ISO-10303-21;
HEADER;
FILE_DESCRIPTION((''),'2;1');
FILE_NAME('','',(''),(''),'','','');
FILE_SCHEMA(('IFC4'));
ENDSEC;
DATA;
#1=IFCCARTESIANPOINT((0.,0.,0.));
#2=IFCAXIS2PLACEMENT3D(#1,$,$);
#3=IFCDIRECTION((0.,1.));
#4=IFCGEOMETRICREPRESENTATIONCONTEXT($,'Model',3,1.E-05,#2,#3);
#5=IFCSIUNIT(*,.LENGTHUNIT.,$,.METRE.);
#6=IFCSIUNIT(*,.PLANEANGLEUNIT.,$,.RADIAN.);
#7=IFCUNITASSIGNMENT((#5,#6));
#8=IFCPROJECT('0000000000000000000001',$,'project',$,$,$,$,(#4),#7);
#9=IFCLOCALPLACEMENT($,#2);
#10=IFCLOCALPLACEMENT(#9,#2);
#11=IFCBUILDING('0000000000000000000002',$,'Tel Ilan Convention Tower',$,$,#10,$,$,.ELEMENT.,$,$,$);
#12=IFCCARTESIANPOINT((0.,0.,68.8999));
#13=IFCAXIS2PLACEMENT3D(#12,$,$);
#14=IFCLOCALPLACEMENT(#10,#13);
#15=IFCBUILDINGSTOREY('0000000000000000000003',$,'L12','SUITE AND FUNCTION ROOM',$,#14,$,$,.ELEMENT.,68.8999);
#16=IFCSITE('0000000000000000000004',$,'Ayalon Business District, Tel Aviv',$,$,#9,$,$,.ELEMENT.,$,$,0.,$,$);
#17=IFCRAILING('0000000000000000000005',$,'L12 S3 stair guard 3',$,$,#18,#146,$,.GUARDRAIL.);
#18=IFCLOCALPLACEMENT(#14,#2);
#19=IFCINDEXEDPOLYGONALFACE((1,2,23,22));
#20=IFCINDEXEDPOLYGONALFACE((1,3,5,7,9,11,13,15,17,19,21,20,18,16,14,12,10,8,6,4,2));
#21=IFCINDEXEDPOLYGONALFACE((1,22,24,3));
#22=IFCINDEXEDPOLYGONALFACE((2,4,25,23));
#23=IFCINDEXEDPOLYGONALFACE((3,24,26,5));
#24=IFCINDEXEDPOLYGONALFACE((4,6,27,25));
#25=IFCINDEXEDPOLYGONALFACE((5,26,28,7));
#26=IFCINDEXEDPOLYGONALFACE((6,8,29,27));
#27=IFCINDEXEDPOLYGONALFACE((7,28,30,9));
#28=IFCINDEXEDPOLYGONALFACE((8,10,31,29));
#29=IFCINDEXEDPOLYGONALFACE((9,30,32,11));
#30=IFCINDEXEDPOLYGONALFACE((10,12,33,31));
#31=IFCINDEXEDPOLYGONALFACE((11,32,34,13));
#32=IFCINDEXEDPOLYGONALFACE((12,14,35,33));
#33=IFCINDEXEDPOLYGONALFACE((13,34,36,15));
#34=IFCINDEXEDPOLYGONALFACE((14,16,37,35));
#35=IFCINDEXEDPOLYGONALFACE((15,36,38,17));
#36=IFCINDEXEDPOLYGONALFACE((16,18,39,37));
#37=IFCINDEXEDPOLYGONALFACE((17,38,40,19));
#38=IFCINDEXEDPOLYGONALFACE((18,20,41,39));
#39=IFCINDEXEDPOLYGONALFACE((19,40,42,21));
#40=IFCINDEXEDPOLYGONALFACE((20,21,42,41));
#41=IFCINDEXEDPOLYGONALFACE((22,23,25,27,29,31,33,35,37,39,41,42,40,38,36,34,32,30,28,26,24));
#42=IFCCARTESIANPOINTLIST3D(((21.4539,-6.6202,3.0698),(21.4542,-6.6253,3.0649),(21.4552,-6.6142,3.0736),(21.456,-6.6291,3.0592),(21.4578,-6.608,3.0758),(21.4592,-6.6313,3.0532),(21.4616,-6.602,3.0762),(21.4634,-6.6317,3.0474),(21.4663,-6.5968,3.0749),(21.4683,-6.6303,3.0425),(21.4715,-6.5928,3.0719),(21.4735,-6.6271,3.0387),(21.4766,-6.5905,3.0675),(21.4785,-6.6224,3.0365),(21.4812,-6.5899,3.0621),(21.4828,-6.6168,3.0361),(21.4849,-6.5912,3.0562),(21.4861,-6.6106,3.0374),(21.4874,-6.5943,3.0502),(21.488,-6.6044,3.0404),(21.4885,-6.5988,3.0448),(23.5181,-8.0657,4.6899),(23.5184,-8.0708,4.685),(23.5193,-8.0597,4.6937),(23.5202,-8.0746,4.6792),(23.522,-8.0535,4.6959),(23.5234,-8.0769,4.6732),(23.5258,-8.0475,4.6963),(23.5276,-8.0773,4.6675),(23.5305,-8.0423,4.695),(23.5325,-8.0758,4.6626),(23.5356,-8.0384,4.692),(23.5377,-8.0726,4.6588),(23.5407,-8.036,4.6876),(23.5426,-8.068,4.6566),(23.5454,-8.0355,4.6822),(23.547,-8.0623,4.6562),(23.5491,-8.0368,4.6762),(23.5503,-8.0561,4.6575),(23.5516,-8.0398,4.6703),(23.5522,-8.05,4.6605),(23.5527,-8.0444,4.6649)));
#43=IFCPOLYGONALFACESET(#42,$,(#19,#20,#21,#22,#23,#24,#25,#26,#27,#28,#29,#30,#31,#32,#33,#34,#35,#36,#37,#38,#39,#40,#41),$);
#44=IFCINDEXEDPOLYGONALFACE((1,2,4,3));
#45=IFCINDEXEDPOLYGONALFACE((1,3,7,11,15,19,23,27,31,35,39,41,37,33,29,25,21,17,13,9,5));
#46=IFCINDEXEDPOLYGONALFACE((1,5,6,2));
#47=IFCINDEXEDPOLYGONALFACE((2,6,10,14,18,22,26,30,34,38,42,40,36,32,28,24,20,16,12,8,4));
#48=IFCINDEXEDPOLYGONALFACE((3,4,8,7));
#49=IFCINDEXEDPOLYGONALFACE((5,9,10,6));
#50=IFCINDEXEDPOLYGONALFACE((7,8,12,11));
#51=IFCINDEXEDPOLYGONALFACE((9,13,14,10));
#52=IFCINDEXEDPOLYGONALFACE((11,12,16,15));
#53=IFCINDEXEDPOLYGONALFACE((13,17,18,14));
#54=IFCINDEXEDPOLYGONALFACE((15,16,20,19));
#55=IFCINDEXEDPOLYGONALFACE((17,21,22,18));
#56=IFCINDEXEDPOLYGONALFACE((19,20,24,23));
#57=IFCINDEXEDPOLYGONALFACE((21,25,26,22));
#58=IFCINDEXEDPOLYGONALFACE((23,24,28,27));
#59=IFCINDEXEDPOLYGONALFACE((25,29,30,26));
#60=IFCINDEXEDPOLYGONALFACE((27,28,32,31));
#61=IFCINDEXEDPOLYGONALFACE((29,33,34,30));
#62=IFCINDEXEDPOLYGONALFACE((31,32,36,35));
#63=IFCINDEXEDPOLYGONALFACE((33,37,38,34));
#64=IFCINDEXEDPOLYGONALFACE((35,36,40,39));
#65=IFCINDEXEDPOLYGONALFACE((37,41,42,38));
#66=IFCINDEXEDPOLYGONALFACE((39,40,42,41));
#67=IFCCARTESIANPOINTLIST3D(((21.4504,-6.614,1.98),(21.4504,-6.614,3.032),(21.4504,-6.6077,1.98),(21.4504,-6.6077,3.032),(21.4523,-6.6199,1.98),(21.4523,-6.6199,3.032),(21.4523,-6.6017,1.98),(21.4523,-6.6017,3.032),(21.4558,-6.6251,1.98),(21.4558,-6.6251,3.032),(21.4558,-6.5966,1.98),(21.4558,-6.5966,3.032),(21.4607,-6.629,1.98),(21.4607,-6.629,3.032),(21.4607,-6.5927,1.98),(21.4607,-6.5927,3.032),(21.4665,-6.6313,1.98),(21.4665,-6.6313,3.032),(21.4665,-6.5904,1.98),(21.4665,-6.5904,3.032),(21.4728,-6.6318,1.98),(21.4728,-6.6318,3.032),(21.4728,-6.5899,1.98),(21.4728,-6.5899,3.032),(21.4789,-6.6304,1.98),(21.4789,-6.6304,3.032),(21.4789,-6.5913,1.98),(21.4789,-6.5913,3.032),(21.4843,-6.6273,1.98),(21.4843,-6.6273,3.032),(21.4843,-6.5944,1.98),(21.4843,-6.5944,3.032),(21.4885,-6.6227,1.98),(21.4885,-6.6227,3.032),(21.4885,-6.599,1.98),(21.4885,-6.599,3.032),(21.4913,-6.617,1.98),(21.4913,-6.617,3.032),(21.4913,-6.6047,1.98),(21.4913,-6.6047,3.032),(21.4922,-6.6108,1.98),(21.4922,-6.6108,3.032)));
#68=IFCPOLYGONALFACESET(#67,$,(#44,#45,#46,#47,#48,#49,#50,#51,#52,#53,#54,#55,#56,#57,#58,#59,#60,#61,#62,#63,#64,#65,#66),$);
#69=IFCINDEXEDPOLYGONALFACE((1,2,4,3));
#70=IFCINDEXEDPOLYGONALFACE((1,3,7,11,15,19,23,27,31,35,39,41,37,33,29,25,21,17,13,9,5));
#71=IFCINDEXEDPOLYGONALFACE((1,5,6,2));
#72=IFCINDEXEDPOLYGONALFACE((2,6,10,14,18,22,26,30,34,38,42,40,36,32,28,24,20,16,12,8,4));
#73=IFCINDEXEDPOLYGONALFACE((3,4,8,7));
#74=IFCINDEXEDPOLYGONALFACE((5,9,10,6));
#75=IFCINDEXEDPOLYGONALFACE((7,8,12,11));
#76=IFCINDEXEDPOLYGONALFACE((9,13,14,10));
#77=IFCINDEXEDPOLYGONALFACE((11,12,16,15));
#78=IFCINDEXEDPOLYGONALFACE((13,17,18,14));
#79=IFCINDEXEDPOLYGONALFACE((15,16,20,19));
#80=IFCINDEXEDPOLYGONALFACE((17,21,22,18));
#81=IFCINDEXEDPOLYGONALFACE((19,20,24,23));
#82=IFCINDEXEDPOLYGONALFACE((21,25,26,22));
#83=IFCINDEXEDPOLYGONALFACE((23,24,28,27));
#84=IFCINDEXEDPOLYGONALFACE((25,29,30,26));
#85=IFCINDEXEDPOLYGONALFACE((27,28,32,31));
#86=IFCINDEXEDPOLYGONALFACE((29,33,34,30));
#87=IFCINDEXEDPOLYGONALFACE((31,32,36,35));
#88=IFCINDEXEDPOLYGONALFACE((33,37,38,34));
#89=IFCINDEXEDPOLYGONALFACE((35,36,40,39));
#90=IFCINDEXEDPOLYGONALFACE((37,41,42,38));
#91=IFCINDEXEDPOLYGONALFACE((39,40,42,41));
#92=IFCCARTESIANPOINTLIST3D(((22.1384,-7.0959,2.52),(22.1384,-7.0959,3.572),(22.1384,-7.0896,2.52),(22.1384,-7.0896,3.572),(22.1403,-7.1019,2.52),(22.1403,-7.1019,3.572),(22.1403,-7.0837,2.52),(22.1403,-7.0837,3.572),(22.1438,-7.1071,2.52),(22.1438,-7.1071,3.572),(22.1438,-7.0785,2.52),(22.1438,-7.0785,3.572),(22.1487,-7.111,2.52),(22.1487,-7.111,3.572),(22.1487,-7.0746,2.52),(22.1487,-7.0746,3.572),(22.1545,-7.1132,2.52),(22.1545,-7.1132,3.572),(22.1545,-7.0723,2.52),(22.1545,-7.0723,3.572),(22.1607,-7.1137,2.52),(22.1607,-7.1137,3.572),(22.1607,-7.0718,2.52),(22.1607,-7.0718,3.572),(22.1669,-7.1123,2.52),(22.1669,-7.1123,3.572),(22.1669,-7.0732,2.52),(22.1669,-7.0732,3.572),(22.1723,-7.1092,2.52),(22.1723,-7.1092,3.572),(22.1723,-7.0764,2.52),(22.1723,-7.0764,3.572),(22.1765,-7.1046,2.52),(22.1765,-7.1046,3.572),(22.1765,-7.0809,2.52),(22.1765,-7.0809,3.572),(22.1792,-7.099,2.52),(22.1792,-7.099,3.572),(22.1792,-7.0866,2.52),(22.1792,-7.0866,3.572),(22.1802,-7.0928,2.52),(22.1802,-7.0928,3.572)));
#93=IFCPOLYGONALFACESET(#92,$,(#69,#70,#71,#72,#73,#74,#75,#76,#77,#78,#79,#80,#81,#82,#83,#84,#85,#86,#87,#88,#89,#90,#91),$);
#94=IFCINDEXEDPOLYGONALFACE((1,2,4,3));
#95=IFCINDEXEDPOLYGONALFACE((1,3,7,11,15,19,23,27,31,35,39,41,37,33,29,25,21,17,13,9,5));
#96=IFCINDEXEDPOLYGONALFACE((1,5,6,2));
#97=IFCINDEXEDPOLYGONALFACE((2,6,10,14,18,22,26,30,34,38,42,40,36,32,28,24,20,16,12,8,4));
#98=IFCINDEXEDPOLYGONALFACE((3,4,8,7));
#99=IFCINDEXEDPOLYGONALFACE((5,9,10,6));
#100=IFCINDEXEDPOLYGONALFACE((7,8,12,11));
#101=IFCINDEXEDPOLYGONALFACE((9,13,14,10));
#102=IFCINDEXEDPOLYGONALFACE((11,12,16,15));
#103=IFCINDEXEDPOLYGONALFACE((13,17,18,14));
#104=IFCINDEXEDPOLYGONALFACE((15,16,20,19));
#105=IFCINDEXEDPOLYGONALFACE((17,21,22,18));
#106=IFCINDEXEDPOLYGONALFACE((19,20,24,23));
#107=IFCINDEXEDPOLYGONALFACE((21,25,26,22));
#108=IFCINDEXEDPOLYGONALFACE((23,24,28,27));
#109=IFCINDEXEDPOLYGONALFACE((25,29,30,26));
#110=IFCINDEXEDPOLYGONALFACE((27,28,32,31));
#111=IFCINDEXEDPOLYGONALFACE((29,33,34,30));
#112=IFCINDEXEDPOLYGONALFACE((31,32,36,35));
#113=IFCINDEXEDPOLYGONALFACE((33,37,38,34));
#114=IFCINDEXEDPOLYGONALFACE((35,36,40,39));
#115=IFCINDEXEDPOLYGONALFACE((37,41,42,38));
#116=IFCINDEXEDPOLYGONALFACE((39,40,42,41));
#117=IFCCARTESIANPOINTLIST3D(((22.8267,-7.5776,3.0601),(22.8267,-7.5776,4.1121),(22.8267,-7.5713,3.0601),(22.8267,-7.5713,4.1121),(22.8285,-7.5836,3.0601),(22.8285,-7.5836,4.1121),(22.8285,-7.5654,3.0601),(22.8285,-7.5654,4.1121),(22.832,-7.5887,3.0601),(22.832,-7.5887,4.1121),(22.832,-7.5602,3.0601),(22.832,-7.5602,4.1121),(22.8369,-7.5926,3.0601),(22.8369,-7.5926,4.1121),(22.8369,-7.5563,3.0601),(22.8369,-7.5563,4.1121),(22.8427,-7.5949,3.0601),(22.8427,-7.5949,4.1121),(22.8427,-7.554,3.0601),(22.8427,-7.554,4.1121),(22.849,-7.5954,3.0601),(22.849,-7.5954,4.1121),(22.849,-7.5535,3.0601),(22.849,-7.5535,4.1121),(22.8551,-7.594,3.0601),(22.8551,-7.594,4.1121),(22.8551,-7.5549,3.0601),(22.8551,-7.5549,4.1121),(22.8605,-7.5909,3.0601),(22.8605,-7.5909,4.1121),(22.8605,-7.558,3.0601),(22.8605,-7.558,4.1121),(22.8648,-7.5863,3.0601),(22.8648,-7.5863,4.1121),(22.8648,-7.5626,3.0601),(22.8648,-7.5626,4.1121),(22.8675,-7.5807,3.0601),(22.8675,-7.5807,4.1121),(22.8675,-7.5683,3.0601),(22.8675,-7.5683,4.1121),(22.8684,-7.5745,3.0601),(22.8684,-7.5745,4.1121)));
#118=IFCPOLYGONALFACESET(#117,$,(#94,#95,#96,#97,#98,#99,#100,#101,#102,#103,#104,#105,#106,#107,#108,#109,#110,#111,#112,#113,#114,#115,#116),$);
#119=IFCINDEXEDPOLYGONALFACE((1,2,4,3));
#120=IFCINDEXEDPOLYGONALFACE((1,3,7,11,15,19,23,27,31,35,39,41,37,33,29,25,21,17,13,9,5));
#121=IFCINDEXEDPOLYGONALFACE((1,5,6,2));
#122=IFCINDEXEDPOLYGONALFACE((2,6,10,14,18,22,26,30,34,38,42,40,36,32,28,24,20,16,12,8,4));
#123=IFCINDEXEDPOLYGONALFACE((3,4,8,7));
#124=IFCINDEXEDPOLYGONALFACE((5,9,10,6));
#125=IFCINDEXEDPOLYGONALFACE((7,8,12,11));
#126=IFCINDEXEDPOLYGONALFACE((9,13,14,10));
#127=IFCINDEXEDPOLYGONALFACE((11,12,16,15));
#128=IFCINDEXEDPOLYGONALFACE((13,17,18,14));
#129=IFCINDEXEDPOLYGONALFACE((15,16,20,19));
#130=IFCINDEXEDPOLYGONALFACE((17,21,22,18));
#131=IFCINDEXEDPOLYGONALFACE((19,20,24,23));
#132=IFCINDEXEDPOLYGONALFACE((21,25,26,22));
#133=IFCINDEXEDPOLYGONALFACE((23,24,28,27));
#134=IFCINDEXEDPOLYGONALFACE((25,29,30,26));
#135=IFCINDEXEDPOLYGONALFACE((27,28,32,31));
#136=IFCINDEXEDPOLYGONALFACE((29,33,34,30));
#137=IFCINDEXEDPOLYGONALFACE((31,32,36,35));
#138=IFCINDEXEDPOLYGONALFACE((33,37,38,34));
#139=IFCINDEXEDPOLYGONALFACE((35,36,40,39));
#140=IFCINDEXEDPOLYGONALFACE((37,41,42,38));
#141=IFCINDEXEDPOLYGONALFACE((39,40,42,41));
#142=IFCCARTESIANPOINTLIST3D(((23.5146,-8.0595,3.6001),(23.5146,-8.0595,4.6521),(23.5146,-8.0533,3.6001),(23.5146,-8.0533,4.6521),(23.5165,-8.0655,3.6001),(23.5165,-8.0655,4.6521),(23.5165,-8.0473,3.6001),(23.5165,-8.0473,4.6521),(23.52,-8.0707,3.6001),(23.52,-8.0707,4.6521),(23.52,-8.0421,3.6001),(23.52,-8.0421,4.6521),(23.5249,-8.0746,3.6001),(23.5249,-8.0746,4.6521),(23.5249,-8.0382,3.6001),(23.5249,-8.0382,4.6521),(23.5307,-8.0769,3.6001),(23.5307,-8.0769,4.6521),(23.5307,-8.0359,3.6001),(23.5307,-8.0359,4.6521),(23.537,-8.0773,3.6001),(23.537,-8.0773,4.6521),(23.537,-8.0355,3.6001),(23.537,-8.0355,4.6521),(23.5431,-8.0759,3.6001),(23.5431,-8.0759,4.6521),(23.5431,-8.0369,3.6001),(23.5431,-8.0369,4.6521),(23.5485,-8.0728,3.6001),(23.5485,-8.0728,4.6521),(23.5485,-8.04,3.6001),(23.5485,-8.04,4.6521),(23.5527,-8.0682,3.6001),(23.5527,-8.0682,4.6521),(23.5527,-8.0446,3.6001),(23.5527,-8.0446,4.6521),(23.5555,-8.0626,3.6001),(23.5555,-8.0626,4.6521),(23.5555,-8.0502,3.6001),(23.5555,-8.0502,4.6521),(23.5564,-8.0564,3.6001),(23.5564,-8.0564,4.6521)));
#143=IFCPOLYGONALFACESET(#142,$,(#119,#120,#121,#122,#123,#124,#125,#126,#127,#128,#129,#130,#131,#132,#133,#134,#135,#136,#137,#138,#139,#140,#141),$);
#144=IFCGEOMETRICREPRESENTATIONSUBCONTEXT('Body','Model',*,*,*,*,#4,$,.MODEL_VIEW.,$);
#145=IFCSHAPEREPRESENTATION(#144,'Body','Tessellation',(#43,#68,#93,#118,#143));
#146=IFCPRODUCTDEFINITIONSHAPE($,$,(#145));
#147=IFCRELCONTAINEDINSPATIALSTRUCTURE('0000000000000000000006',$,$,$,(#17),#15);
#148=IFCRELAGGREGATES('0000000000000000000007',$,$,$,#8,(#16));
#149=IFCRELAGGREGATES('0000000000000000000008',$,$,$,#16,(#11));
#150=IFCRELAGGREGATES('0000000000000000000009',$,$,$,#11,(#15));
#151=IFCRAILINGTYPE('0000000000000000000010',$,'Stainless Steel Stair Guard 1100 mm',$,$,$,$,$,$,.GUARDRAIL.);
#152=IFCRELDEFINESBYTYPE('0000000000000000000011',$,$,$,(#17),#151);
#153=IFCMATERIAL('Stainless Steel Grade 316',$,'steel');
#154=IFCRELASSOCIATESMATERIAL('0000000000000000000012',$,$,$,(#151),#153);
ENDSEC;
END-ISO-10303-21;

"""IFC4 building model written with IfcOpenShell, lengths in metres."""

from ifc_helpers import new_model, si_unit, direction, frame, origin, origin_2d, place, context, subcontext, project, spatial, circle, extrude, material, type_object, element, save


model = new_model("IFC4")

# Units and contexts
model_context = context("Model", 3, precision=1e-05, world=origin(), true_north=direction((0.0, 1.0)))
body_context = subcontext(model_context, "Body", "Model", "MODEL_VIEW")
ifc_project = project(units=[si_unit("LENGTHUNIT", "METRE"), si_unit("PLANEANGLEUNIT", "RADIAN")], contexts=[model_context])

# Site, building, storey
site_placement = place(None, origin())
site = spatial("IfcSite", under=ifc_project, at=site_placement, Name="Ayalon Business District, Tel Aviv", CompositionType="ELEMENT", RefElevation=0.0)
building_placement = place(site_placement, origin())
building = spatial("IfcBuilding", under=site, at=building_placement, Name="Tel Ilan Convention Tower", CompositionType="ELEMENT")
storey_placement = place(building_placement, frame((0.0, 0.0, 68.8999)))
storey = spatial("IfcBuildingStorey", under=building, at=storey_placement, Name="L12", Description="SUITE AND FUNCTION ROOM", CompositionType="ELEMENT", Elevation=68.8999)

# Railing
ifc_material_1 = material(Name="Stainless Steel Grade 316", Category="steel")
railing_type_1 = type_object("IfcRailingType", Name="Stainless Steel Stair Guard 1100 mm", PredefinedType="GUARDRAIL", material=ifc_material_1)
railing_1_placement = place(storey_placement, frame((21.4712, -6.6108, 1.98)))
element("IfcRailing", 1, at=railing_1_placement, inside=storey, type_object=railing_type_1, Name="L12 S3 stair guard 3", PredefinedType="GUARDRAIL", context=body_context, shape_type="SweptSolid", body=[
    extrude(circle(Radius=0.0239, at=origin_2d()), frame((0.0, 0.0, 1.0762), z_axis=(0.689013, -0.482513, 0.540779), x_axis=(0.573625, 0.819118, 0.0)), (0.0, 0.0, 1.0), 2.9958),
    extrude(circle(Radius=0.021, at=origin_2d()), origin(), (0.0, 0.0, 1.0), 1.052),
    extrude(circle(Radius=0.021, at=origin_2d()), frame((0.688, -0.4819, 0.54)), (0.0, 0.0, 1.0), 1.052),
    extrude(circle(Radius=0.021, at=origin_2d()), frame((1.3762, -0.9636, 1.0801)), (0.0, 0.0, 1.0), 1.052),
    extrude(circle(Radius=0.021, at=origin_2d()), frame((2.0642, -1.4456, 1.6201)), (0.0, 0.0, 1.0), 1.052),
])

save(model, "model.ifc")
